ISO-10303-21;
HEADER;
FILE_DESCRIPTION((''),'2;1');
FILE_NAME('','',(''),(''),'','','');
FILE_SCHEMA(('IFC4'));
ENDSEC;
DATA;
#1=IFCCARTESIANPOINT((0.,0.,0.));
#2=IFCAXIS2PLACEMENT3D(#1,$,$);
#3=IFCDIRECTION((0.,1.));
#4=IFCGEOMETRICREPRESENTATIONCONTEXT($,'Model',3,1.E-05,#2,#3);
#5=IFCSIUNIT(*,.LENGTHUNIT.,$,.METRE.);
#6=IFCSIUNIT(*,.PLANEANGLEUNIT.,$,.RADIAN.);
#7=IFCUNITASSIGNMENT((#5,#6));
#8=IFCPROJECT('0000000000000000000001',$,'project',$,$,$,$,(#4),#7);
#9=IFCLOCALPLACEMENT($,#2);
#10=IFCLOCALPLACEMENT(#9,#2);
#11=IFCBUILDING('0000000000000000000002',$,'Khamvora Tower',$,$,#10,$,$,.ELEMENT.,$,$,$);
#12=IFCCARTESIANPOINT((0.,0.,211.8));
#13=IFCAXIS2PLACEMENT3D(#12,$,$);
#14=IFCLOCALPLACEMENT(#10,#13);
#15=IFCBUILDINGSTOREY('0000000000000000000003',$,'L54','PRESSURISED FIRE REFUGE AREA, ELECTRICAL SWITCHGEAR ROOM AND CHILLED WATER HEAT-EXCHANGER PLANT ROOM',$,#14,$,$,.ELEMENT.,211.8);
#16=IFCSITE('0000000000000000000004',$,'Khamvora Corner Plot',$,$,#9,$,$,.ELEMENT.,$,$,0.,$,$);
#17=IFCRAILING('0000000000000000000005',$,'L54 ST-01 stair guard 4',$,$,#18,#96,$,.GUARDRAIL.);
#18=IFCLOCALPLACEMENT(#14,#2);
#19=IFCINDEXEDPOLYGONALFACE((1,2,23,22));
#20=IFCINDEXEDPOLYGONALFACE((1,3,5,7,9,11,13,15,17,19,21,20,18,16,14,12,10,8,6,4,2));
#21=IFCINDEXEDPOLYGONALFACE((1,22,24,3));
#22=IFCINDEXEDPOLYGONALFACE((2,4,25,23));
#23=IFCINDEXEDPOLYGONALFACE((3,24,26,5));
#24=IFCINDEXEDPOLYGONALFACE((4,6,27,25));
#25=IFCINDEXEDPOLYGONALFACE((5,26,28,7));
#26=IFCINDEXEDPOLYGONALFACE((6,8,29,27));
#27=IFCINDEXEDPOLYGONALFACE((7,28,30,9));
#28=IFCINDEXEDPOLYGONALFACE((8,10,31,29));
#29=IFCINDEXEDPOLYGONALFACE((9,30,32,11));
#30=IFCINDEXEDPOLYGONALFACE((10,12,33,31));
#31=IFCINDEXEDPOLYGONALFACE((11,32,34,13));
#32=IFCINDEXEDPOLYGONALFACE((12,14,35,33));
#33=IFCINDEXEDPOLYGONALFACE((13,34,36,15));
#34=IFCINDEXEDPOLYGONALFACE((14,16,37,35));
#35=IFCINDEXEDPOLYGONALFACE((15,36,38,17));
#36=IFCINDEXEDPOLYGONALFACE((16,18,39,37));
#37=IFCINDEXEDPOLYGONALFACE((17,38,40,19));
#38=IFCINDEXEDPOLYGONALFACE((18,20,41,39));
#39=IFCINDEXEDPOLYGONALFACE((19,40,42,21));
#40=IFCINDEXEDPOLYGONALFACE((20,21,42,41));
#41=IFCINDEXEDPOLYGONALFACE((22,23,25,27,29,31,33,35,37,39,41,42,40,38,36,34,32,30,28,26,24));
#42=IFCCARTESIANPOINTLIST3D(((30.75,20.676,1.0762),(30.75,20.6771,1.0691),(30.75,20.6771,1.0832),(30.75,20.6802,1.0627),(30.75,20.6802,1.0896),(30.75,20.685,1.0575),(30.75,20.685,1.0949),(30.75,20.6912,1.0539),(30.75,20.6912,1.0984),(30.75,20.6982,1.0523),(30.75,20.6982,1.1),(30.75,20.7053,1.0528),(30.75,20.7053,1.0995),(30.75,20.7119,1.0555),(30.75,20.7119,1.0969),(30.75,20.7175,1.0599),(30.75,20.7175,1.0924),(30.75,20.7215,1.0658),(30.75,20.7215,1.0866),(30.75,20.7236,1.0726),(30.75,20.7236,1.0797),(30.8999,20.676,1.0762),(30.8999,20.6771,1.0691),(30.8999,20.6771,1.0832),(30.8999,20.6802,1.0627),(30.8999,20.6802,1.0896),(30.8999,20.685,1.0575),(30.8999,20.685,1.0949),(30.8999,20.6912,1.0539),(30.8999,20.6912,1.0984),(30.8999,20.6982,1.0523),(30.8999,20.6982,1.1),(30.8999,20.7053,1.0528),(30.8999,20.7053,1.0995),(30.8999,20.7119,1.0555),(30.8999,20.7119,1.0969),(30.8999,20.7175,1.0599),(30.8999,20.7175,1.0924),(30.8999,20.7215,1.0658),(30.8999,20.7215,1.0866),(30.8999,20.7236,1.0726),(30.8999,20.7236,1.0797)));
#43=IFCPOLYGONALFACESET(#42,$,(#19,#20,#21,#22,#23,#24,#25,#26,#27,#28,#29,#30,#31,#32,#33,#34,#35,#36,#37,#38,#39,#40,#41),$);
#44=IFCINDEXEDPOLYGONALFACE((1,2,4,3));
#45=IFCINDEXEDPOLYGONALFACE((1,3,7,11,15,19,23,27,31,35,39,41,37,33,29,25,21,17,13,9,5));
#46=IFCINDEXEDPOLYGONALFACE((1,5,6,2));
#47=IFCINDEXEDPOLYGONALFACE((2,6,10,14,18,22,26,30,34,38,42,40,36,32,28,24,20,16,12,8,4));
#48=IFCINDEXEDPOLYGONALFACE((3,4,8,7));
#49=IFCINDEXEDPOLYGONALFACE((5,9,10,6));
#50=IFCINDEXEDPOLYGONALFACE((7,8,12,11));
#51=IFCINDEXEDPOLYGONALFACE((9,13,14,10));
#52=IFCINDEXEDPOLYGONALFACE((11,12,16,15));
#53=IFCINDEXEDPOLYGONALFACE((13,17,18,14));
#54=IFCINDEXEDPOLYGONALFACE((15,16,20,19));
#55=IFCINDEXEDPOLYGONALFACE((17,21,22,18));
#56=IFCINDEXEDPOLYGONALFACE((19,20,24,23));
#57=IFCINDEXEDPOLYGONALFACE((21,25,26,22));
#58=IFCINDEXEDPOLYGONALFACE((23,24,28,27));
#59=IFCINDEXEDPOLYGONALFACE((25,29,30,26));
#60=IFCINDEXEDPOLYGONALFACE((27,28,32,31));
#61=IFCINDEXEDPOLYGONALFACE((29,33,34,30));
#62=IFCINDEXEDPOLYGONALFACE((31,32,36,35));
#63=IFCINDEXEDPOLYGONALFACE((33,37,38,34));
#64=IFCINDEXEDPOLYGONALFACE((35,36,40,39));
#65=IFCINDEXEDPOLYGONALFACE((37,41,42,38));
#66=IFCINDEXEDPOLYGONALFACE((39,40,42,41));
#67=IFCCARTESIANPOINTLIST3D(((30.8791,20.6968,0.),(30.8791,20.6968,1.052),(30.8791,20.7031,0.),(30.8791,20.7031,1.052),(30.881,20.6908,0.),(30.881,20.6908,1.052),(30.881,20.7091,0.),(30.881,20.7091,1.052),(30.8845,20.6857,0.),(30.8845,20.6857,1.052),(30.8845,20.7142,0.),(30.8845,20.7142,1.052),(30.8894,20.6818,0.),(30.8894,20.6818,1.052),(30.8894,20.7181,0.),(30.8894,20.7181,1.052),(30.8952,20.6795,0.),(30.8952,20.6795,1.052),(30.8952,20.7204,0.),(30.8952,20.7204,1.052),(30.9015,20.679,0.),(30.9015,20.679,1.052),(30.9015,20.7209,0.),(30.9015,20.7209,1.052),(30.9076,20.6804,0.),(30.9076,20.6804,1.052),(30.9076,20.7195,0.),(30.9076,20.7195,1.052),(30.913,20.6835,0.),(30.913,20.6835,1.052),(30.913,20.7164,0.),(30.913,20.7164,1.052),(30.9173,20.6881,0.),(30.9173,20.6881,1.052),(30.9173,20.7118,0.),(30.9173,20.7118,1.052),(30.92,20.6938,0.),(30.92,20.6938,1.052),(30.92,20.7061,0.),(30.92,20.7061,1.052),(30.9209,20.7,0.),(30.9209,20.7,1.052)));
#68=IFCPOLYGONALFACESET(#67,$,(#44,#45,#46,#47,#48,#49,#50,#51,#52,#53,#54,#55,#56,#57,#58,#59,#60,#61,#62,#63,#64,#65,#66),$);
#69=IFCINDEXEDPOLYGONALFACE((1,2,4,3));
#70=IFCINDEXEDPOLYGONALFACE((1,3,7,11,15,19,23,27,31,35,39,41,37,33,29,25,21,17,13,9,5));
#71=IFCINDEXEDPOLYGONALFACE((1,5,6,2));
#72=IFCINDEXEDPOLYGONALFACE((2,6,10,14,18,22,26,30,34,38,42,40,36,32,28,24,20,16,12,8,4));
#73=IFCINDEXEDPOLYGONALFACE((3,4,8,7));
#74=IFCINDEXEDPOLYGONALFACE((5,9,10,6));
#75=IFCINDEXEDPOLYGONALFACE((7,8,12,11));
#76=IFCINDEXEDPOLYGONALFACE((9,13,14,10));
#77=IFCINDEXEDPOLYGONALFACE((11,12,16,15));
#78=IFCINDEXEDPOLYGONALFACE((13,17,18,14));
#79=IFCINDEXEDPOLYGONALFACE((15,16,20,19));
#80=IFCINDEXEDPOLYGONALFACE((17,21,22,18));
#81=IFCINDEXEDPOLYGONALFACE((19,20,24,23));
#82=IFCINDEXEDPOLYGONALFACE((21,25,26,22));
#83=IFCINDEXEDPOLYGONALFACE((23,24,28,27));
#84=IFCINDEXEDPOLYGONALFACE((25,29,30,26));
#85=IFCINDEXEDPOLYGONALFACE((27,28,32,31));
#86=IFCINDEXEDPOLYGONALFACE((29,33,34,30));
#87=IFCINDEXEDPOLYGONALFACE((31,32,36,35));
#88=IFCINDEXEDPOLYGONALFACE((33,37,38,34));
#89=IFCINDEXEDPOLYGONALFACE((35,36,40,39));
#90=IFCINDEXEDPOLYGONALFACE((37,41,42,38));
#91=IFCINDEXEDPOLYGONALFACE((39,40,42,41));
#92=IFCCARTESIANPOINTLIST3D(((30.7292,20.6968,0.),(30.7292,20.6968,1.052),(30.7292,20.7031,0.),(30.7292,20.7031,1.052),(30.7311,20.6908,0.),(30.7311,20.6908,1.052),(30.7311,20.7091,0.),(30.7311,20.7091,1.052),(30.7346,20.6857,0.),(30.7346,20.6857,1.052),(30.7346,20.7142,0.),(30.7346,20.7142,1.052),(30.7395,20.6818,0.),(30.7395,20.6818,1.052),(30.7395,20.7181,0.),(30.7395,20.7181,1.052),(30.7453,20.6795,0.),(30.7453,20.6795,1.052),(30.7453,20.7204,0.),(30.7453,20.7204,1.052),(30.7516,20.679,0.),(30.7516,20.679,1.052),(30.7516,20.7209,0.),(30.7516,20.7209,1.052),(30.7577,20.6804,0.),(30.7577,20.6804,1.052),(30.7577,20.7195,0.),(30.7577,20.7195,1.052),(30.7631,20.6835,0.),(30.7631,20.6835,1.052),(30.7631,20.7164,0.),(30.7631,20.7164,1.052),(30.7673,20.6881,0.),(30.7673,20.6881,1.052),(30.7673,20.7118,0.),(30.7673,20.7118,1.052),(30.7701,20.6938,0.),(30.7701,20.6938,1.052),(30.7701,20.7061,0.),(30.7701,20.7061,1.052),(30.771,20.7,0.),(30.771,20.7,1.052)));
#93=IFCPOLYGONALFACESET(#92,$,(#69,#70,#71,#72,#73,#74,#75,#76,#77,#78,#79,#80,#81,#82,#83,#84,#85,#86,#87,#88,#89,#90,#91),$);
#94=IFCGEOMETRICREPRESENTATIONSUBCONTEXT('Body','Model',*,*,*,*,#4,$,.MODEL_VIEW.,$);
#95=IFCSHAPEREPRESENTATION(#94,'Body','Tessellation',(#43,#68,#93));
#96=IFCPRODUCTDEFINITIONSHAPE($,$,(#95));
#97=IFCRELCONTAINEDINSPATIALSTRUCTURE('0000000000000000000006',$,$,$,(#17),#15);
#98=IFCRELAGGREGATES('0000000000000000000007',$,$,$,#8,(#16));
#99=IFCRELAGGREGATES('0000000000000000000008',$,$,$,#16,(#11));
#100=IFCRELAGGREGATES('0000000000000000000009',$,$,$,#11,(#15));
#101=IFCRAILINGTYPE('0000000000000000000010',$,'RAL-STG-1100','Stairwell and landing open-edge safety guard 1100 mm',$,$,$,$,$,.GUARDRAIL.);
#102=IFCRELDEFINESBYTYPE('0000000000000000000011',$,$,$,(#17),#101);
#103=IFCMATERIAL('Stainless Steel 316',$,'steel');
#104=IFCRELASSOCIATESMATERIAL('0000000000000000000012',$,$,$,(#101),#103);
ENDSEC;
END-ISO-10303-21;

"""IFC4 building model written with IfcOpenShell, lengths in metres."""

from ifc_helpers import new_model, si_unit, direction, frame, origin, origin_2d, place, context, subcontext, project, spatial, circle, extrude, material, type_object, element, save


model = new_model("IFC4")

# Units and contexts
model_context = context("Model", 3, precision=1e-05, world=origin(), true_north=direction((0.0, 1.0)))
body_context = subcontext(model_context, "Body", "Model", "MODEL_VIEW")
ifc_project = project(units=[si_unit("LENGTHUNIT", "METRE"), si_unit("PLANEANGLEUNIT", "RADIAN")], contexts=[model_context])

# Site, building, storey
site_placement = place(None, origin())
site = spatial("IfcSite", under=ifc_project, at=site_placement, Name="Khamvora Corner Plot", CompositionType="ELEMENT", RefElevation=0.0)
building_placement = place(site_placement, origin())
building = spatial("IfcBuilding", under=site, at=building_placement, Name="Khamvora Tower", CompositionType="ELEMENT")
storey_placement = place(building_placement, frame((0.0, 0.0, 211.8)))
storey = spatial("IfcBuildingStorey", under=building, at=storey_placement, Name="L54", Description="PRESSURISED FIRE REFUGE AREA, ELECTRICAL SWITCHGEAR ROOM AND CHILLED WATER HEAT-EXCHANGER PLANT ROOM", CompositionType="ELEMENT", Elevation=211.8)

# Railing
ifc_material_1 = material(Name="Stainless Steel 316", Category="steel")
railing_type_1 = type_object("IfcRailingType", Name="RAL-STG-1100", Description="Stairwell and landing open-edge safety guard 1100 mm", PredefinedType="GUARDRAIL", material=ifc_material_1)
railing_1_placement = place(storey_placement, frame((30.8999, 20.7, 0.0)))
element("IfcRailing", 1, at=railing_1_placement, inside=storey, type_object=railing_type_1, Name="L54 ST-01 stair guard 4", PredefinedType="GUARDRAIL", context=body_context, shape_type="SweptSolid", body=[
    extrude(circle(Radius=0.0239, at=origin_2d()), frame((0.0, 0.0, 1.0762), z_axis=(-1.0, 0.0, 0.0), x_axis=(0.0, -1.0, 0.0)), (0.0, 0.0, 1.0), 0.1499),
    extrude(circle(Radius=0.021, at=origin_2d()), origin(), (0.0, 0.0, 1.0), 1.052),
    extrude(circle(Radius=0.021, at=origin_2d()), frame((-0.1499, 0.0, 0.0)), (0.0, 0.0, 1.0), 1.052),
])

save(model, "model.ifc")
